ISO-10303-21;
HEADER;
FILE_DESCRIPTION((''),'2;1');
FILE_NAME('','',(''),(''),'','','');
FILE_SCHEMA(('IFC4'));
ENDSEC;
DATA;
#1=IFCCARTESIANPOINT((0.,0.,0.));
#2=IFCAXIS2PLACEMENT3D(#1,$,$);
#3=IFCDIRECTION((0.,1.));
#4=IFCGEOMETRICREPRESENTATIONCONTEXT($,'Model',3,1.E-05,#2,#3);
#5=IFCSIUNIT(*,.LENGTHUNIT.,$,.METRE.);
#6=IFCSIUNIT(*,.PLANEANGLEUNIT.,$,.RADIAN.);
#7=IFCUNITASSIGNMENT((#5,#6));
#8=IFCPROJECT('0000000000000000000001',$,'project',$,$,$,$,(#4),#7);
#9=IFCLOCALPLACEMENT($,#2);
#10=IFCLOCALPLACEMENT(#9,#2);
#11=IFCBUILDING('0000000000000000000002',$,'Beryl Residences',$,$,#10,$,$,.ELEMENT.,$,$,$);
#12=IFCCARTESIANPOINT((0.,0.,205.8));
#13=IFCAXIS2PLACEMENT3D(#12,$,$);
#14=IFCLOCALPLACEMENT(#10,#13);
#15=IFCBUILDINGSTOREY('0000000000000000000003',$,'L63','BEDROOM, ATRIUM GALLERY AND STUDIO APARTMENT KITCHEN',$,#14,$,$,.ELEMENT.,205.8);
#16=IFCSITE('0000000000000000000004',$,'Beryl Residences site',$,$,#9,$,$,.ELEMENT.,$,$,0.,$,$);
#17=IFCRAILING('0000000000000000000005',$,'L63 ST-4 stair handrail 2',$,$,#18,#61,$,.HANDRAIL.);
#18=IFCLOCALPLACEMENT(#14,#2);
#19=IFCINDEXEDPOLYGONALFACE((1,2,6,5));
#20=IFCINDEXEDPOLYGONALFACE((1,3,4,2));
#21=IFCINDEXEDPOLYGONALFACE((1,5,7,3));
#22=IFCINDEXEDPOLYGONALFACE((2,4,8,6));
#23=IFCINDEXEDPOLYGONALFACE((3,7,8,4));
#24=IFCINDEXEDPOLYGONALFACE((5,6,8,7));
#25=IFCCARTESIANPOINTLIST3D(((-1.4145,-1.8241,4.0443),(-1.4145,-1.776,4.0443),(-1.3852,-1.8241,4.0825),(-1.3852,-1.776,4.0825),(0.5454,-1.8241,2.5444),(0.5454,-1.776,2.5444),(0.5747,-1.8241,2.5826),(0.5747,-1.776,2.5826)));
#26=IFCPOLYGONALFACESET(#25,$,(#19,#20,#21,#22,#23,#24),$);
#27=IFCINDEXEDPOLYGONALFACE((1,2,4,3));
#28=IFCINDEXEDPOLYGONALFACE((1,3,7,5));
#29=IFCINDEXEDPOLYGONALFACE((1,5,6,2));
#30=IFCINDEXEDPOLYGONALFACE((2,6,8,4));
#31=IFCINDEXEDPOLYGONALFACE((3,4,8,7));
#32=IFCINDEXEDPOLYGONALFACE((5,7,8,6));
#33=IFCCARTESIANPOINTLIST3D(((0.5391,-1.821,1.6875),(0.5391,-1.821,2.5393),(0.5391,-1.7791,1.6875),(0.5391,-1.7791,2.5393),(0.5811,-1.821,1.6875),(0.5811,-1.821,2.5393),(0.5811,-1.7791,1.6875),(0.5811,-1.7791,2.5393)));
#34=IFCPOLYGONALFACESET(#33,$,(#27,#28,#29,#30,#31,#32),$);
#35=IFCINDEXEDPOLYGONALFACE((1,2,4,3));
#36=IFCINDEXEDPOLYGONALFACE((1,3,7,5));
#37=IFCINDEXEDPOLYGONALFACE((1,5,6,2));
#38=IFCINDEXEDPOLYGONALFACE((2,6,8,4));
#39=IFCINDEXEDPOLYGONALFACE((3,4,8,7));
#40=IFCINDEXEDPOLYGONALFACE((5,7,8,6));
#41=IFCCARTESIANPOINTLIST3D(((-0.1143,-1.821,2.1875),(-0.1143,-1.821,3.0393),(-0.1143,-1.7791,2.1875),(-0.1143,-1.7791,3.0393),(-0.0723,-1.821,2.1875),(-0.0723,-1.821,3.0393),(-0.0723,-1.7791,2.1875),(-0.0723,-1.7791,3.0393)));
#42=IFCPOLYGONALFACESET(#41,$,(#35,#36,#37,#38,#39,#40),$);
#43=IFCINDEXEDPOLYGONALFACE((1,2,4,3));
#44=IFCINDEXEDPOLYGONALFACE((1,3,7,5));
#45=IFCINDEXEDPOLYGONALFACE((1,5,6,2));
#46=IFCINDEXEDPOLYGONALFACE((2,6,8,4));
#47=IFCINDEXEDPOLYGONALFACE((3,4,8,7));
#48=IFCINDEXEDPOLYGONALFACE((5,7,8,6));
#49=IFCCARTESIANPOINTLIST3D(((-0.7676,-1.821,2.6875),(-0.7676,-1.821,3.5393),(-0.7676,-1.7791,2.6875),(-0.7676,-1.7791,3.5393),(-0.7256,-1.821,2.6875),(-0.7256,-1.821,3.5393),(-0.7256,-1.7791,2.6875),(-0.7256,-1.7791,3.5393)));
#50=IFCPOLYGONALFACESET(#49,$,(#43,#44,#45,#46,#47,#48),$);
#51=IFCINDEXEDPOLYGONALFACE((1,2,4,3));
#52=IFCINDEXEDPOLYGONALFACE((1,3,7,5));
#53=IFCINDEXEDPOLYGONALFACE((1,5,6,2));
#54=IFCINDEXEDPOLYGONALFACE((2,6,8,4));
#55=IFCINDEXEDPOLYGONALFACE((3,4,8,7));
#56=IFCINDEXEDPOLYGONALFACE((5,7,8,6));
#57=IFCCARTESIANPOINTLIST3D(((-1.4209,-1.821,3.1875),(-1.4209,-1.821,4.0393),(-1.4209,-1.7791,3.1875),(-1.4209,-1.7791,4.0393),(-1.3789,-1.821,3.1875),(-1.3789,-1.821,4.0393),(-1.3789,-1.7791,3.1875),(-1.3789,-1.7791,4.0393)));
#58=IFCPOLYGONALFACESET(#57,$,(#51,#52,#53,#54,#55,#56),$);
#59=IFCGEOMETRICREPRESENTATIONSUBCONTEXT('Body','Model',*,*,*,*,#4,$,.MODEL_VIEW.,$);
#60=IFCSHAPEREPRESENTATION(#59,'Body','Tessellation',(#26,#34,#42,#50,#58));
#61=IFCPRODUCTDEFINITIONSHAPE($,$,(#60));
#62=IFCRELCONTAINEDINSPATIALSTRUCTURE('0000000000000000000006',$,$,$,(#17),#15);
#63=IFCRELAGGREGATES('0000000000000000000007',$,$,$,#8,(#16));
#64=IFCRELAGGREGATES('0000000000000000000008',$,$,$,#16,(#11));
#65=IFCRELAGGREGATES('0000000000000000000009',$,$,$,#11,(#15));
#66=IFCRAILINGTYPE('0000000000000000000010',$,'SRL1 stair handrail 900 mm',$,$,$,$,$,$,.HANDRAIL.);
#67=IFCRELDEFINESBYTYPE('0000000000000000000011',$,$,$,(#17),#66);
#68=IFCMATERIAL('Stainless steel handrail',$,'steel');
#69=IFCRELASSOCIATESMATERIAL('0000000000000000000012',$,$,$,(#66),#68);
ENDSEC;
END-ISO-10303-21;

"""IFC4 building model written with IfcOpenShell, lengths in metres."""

from ifc_helpers import new_model, si_unit, direction, frame, origin, origin_2d, place, context, subcontext, project, spatial, rectangle, extrude, material, type_object, element, save


model = new_model("IFC4")

# Units and contexts
model_context = context("Model", 3, precision=1e-05, world=origin(), true_north=direction((0.0, 1.0)))
body_context = subcontext(model_context, "Body", "Model", "MODEL_VIEW")
ifc_project = project(units=[si_unit("LENGTHUNIT", "METRE"), si_unit("PLANEANGLEUNIT", "RADIAN")], contexts=[model_context])

# Site, building, storey
site_placement = place(None, origin())
site = spatial("IfcSite", under=ifc_project, at=site_placement, Name="Beryl Residences site", CompositionType="ELEMENT", RefElevation=0.0)
building_placement = place(site_placement, origin())
building = spatial("IfcBuilding", under=site, at=building_placement, Name="Beryl Residences", CompositionType="ELEMENT")
storey_placement = place(building_placement, frame((0.0, 0.0, 205.8)))
storey = spatial("IfcBuildingStorey", under=building, at=storey_placement, Name="L63", Description="BEDROOM, ATRIUM GALLERY AND STUDIO APARTMENT KITCHEN", CompositionType="ELEMENT", Elevation=205.8)

# Railing
ifc_material_1 = material(Name="Stainless steel handrail", Category="steel")
railing_type_1 = type_object("IfcRailingType", Name="SRL1 stair handrail 900 mm", PredefinedType="HANDRAIL", material=ifc_material_1)
railing_1_placement = place(storey_placement, frame((0.5601, -1.8, 1.6875)))
element("IfcRailing", 1, at=railing_1_placement, inside=storey, type_object=railing_type_1, Name="L63 ST-4 stair handrail 2", PredefinedType="HANDRAIL", context=body_context, shape_type="SweptSolid", body=[
    extrude(rectangle(XDim=0.0481, YDim=0.0481, at=origin_2d()), frame((0.0, 0.0, 0.876), z_axis=(-0.794122, 0.0, 0.607758), x_axis=(0.0, -1.0, 0.0)), (0.0, 0.0, 1.0), 2.468),
    extrude(rectangle(XDim=0.042, YDim=0.042, at=origin_2d()), origin(), (0.0, 0.0, 1.0), 0.8518),
    extrude(rectangle(XDim=0.042, YDim=0.042, at=origin_2d()), frame((-0.6533, 0.0, 0.5)), (0.0, 0.0, 1.0), 0.8518),
    extrude(rectangle(XDim=0.042, YDim=0.042, at=origin_2d()), frame((-1.3066, 0.0, 1.0)), (0.0, 0.0, 1.0), 0.8518),
    extrude(rectangle(XDim=0.042, YDim=0.042, at=origin_2d()), frame((-1.96, 0.0, 1.5)), (0.0, 0.0, 1.0), 0.8518),
])

save(model, "model.ifc")
